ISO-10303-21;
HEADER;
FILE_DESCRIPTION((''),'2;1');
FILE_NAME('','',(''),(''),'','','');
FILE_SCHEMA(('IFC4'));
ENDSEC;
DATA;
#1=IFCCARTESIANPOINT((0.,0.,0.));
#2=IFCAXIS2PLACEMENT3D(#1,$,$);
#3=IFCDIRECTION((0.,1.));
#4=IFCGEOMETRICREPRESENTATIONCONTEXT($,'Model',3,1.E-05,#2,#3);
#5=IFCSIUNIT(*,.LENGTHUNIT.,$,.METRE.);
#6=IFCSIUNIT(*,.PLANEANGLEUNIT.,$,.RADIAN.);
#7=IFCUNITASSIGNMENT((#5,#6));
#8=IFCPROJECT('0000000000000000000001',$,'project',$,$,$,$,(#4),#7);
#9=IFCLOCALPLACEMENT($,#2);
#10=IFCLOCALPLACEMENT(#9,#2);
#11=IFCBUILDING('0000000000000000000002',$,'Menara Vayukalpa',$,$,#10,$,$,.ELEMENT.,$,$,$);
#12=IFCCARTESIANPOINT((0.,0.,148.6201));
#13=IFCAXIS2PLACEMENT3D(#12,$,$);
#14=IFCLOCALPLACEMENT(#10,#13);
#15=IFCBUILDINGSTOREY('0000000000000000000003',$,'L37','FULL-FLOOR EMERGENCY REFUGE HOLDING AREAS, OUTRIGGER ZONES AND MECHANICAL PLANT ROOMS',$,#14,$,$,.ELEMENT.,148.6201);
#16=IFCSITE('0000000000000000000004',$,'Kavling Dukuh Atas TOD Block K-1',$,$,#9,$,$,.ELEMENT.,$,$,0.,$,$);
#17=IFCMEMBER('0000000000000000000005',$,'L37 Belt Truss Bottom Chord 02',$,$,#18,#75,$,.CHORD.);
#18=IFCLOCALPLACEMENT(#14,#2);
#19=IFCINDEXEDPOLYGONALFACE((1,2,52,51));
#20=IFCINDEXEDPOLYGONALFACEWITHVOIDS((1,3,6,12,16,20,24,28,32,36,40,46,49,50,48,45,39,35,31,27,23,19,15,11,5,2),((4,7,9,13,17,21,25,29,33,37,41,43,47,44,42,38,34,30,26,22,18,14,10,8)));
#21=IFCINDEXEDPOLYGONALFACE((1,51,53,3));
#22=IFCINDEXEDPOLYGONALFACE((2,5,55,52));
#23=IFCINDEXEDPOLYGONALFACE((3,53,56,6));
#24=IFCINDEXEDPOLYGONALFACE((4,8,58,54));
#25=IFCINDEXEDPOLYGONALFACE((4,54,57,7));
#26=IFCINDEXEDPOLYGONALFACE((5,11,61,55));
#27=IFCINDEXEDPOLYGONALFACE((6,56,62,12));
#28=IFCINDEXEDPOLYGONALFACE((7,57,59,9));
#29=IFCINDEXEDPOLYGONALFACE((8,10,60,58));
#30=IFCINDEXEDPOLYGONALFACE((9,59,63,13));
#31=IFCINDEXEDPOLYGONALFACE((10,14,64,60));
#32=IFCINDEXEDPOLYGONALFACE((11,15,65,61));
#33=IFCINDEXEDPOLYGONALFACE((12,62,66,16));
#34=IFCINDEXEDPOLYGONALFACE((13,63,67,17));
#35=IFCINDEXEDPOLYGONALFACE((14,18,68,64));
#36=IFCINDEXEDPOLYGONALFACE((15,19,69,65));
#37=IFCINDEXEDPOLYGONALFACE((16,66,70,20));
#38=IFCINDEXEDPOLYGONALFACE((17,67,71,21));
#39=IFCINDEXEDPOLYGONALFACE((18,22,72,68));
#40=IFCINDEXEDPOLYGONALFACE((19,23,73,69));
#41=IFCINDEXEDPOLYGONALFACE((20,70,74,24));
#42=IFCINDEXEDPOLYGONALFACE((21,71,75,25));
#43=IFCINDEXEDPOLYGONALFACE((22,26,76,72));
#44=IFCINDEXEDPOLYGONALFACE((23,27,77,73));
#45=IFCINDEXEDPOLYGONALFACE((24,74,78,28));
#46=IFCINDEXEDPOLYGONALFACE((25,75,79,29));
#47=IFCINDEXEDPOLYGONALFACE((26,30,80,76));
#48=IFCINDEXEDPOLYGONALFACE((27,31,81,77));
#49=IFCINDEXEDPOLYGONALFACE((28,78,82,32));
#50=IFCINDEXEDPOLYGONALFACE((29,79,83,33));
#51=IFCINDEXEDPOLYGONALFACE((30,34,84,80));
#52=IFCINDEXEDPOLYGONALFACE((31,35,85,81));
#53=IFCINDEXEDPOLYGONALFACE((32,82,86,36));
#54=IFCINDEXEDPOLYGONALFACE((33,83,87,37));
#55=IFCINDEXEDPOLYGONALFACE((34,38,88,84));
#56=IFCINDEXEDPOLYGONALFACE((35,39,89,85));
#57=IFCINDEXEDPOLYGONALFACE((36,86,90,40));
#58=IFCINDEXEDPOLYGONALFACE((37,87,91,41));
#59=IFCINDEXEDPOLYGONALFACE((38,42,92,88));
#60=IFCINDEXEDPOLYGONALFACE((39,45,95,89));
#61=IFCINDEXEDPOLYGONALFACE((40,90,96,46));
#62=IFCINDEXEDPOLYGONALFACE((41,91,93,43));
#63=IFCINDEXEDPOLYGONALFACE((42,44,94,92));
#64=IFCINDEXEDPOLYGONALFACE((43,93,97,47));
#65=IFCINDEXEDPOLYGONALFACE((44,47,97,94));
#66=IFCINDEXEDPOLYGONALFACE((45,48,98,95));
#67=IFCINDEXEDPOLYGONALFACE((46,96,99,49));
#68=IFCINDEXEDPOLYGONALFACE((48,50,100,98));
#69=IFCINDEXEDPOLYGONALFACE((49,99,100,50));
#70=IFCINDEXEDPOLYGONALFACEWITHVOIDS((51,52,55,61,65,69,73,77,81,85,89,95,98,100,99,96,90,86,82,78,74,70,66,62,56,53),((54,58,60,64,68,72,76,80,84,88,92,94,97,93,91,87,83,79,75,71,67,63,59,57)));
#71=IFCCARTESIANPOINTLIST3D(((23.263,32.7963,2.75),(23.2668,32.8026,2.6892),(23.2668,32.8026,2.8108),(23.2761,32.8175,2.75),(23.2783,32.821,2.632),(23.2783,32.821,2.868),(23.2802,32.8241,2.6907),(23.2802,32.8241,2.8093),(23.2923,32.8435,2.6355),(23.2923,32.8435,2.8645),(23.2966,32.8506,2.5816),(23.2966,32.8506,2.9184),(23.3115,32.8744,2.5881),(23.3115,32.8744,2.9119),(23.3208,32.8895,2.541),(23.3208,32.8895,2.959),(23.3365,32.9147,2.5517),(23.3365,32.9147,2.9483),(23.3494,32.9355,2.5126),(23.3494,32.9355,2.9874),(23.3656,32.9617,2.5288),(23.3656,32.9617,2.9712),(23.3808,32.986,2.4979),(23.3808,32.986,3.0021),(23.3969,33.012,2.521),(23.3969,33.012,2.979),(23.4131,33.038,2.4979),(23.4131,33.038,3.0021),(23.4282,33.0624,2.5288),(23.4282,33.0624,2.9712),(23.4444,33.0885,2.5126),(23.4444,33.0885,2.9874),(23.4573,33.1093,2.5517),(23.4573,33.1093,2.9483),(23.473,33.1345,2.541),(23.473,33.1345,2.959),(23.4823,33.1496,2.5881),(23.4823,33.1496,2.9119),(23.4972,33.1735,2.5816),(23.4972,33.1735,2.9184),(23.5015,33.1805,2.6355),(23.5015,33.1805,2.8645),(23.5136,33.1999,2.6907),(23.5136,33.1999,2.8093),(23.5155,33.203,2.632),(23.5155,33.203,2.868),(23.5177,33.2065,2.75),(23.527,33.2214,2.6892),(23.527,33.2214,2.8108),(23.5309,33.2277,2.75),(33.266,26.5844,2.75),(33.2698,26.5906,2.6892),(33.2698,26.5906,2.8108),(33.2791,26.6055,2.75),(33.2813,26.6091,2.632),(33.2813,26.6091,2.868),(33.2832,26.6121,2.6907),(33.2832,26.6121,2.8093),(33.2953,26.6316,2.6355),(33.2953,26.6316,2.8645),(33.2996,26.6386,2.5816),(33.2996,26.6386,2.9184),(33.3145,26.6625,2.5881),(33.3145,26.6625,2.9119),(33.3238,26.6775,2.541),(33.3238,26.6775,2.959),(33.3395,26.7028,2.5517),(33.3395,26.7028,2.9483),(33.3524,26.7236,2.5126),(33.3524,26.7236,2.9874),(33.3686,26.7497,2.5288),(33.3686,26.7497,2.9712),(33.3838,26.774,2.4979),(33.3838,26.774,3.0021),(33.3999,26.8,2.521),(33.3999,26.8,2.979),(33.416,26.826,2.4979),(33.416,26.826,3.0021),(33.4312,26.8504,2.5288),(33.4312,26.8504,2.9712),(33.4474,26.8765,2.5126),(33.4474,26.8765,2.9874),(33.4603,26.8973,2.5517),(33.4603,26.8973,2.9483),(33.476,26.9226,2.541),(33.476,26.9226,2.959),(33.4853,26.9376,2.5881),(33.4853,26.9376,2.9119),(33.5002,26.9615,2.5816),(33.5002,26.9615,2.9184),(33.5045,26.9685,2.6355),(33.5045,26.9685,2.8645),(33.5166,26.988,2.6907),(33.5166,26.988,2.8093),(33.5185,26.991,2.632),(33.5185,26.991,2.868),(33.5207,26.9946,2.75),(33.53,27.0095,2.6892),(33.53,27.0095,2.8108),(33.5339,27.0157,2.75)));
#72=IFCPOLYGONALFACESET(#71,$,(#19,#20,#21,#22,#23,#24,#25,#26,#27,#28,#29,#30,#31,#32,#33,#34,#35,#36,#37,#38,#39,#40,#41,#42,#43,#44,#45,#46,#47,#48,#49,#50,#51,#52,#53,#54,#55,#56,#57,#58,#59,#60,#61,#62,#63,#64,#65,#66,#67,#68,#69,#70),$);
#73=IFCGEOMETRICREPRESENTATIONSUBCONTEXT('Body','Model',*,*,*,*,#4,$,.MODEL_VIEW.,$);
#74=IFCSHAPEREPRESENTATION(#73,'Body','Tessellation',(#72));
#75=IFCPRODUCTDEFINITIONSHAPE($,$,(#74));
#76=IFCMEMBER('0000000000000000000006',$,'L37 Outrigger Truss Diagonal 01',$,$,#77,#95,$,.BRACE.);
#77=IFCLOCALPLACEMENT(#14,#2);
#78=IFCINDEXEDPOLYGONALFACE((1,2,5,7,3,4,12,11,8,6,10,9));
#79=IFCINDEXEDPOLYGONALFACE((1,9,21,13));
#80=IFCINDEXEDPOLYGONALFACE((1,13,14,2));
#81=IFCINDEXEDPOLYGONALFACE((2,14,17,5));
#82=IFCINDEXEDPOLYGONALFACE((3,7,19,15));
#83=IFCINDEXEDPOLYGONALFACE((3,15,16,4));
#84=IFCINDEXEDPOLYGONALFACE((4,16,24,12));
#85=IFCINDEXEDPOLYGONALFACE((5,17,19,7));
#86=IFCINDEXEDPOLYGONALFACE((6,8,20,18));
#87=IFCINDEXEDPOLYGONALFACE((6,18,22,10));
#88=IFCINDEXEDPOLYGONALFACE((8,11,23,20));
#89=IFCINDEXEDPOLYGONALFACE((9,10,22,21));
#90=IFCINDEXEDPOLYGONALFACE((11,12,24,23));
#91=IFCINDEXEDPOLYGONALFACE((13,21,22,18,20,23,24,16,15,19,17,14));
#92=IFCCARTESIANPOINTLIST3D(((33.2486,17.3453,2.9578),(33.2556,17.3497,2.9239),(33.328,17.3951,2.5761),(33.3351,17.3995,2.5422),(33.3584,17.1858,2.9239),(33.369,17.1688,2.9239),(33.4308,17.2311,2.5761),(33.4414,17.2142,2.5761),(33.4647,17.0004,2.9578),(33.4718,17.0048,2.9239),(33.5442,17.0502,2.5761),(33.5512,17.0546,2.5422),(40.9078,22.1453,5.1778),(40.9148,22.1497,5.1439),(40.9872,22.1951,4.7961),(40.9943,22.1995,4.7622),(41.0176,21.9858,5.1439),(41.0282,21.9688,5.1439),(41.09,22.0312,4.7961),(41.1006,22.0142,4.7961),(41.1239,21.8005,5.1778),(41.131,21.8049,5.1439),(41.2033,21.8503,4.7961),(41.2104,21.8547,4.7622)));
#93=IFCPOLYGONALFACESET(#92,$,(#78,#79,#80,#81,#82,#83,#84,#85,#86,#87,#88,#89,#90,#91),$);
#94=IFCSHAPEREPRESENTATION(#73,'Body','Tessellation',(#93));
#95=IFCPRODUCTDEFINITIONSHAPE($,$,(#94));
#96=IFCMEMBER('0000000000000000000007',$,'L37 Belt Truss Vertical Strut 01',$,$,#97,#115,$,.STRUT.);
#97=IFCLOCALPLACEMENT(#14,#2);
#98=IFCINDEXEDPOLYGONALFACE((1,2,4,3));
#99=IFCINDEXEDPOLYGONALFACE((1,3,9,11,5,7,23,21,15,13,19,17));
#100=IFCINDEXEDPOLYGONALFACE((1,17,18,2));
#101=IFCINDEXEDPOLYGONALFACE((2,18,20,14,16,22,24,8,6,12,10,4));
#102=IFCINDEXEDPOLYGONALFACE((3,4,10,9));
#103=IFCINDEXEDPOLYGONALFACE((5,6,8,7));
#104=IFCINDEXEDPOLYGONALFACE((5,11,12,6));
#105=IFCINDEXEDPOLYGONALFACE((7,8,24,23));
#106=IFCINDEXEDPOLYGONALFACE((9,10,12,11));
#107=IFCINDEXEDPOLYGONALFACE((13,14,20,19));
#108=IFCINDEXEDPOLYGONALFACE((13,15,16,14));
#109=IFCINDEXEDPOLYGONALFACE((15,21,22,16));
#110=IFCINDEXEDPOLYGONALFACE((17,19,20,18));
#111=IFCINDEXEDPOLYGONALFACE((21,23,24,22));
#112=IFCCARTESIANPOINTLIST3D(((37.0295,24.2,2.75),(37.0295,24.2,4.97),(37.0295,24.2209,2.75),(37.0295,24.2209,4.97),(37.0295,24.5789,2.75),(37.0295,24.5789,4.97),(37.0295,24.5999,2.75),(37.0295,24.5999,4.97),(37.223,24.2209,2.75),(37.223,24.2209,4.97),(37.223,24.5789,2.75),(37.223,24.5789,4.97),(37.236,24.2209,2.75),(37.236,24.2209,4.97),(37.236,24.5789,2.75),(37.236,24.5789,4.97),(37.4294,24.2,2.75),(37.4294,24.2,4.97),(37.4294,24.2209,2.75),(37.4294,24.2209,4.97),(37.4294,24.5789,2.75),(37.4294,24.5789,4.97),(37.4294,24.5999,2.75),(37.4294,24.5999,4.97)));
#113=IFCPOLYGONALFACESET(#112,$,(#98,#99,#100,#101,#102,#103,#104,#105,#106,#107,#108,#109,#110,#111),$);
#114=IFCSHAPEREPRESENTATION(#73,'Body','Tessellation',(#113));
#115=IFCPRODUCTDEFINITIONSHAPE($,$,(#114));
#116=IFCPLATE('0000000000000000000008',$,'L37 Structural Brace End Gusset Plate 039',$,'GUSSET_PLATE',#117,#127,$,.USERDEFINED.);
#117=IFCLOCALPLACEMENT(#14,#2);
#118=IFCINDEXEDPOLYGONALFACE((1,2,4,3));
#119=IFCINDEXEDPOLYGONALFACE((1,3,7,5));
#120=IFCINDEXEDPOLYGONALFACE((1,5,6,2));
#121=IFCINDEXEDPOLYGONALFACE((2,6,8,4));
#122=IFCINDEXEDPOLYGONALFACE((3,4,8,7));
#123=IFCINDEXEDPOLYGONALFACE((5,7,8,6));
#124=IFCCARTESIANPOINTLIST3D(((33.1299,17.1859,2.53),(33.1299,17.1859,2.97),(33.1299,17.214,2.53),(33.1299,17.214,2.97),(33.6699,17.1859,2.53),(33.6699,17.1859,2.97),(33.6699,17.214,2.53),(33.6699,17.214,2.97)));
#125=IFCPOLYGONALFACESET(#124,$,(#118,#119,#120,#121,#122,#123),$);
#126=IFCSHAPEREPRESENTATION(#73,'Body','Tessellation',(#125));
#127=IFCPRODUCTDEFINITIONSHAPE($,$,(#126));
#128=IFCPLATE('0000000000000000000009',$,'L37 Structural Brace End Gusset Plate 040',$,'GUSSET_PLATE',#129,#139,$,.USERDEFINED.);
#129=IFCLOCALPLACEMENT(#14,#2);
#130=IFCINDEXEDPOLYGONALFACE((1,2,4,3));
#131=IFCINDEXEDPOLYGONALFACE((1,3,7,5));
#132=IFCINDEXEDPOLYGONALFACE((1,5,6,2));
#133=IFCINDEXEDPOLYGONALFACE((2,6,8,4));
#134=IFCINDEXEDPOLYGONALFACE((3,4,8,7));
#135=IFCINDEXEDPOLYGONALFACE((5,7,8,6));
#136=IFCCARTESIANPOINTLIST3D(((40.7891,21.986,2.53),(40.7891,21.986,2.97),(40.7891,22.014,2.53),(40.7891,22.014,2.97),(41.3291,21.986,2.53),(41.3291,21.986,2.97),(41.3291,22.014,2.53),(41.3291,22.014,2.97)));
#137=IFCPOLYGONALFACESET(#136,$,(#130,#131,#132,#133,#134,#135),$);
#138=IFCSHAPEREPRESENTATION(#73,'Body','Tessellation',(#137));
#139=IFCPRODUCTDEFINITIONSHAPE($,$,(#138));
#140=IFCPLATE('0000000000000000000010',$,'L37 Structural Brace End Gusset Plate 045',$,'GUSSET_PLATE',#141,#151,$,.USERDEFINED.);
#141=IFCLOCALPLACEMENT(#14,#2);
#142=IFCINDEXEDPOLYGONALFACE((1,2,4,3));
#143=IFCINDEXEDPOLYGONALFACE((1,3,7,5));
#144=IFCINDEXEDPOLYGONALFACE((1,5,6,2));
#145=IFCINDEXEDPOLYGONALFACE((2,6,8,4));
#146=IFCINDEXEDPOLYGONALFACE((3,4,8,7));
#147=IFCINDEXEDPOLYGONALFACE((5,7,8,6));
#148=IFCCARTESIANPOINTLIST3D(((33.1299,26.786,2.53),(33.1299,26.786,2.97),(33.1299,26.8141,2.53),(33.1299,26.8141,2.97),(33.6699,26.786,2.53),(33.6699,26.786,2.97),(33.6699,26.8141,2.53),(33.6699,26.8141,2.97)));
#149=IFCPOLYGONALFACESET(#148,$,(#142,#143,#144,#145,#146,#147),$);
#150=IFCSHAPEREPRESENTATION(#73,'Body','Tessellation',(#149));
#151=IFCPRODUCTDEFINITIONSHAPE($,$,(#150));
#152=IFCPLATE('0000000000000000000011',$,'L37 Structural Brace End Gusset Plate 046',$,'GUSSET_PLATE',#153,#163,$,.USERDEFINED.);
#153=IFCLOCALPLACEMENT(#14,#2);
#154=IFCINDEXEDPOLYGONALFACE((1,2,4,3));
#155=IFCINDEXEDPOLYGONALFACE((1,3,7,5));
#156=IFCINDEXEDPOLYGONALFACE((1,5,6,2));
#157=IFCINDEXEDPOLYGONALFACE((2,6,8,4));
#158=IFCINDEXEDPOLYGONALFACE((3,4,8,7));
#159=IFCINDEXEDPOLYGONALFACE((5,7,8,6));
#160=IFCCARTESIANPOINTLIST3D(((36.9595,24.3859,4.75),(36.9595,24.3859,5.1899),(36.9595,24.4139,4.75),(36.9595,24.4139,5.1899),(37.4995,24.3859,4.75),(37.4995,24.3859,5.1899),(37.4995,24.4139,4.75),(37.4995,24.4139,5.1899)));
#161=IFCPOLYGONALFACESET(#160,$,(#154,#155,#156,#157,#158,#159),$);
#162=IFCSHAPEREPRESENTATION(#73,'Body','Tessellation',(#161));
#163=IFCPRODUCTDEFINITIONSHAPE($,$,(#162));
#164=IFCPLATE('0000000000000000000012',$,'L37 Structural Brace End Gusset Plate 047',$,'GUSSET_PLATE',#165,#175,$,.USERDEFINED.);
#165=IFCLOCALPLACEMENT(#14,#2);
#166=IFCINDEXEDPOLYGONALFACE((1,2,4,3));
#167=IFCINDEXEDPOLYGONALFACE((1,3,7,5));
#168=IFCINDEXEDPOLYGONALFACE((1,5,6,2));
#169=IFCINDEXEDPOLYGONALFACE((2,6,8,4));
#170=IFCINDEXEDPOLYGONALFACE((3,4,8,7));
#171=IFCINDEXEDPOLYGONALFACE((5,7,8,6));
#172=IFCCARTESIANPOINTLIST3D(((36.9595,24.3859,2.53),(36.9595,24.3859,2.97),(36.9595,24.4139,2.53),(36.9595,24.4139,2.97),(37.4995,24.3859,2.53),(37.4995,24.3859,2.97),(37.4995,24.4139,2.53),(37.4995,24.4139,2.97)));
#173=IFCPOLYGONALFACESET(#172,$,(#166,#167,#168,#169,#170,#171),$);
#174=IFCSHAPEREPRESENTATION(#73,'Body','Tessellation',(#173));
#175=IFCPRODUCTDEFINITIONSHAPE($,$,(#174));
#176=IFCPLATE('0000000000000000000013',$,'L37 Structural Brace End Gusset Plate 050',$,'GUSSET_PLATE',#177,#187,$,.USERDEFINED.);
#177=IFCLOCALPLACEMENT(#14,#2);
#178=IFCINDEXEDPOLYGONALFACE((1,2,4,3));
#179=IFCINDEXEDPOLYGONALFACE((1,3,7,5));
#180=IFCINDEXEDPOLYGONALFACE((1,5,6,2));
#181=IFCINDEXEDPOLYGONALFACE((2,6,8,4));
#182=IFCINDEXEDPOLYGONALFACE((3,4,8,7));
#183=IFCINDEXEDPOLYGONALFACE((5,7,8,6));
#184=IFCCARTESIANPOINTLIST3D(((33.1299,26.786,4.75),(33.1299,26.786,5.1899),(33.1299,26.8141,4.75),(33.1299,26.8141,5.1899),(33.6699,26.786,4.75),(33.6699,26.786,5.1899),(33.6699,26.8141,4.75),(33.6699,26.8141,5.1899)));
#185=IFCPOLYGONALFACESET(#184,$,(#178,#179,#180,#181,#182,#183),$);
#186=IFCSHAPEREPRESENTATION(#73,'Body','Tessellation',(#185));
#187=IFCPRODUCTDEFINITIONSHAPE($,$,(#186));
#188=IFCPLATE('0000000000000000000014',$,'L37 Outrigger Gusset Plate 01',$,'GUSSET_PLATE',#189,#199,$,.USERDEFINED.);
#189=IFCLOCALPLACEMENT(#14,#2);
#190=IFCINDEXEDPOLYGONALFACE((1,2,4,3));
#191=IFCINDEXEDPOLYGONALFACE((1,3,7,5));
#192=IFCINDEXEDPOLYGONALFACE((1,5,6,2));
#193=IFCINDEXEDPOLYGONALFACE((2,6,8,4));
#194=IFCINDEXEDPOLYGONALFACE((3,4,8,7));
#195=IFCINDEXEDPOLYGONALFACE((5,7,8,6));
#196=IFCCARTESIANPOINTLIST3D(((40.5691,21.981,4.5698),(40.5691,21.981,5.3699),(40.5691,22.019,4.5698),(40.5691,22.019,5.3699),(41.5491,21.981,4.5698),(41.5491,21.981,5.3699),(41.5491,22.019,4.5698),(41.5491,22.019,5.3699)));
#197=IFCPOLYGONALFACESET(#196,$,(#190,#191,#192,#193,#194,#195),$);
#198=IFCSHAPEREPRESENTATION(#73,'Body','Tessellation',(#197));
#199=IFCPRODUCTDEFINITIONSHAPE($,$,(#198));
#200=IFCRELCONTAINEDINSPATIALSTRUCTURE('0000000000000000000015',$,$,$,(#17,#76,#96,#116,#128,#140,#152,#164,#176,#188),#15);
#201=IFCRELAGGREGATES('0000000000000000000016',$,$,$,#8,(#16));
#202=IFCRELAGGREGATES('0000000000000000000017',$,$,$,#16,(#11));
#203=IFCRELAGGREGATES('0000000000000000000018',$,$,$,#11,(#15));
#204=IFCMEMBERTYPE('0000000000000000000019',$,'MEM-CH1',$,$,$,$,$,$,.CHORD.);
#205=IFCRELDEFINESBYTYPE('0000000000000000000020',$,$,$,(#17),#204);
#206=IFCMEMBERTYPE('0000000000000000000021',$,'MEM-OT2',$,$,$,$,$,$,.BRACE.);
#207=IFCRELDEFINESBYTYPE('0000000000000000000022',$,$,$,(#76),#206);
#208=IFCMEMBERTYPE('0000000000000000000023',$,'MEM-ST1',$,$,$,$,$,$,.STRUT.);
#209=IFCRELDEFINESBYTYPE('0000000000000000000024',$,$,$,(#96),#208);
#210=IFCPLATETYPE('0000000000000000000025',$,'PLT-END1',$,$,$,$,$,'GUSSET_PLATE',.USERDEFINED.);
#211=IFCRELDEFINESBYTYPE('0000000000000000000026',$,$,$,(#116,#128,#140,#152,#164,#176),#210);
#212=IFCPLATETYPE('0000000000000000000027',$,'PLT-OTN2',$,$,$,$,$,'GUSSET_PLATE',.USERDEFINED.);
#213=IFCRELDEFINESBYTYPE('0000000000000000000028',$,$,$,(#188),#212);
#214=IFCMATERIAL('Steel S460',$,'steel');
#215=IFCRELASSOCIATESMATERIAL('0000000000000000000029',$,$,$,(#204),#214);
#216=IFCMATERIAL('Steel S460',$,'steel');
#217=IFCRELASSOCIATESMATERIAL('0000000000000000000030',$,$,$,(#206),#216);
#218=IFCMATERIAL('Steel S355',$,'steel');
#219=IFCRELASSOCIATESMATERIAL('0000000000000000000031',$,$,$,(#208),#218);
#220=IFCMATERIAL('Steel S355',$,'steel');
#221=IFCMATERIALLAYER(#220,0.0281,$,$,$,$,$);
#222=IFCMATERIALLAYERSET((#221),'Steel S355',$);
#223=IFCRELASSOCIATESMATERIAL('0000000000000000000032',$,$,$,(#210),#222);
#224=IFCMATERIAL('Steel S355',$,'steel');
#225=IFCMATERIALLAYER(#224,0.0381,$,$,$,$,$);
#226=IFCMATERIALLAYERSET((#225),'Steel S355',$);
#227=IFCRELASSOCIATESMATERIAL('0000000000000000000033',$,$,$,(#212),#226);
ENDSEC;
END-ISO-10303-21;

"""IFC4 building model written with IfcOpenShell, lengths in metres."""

from ifc_helpers import new_model, si_unit, direction, frame, origin, origin_2d, place, context, subcontext, project, spatial, rectangle, hollow_circle, i_section, extrude, material, layer, layer_set, material_profile, profile_set, type_object, element, save


model = new_model("IFC4")

# Units and contexts
model_context = context("Model", 3, precision=1e-05, world=origin(), true_north=direction((0.0, 1.0)))
body_context = subcontext(model_context, "Body", "Model", "MODEL_VIEW")
ifc_project = project(units=[si_unit("LENGTHUNIT", "METRE"), si_unit("PLANEANGLEUNIT", "RADIAN")], contexts=[model_context])

# Site, building, storey
site_placement = place(None, origin())
site = spatial("IfcSite", under=ifc_project, at=site_placement, Name="Kavling Dukuh Atas TOD Block K-1", CompositionType="ELEMENT", RefElevation=0.0)
building_placement = place(site_placement, origin())
building = spatial("IfcBuilding", under=site, at=building_placement, Name="Menara Vayukalpa", CompositionType="ELEMENT")
storey_placement = place(building_placement, frame((0.0, 0.0, 148.6201)))
storey = spatial("IfcBuildingStorey", under=building, at=storey_placement, Name="L37", Description="FULL-FLOOR EMERGENCY REFUGE HOLDING AREAS, OUTRIGGER ZONES AND MECHANICAL PLANT ROOMS", CompositionType="ELEMENT", Elevation=148.6201)

# Members
ifc_material_1 = material(Name="Steel S460", Category="steel")
ifc_material_profile_1 = material_profile(ifc_material_1, hollow_circle(Radius=0.2539, WallThickness=0.0249, at=origin_2d()), Name="CHS 508.0x25")
ifc_profile_set_1 = profile_set([ifc_material_profile_1], Name="Steel S460")
member_type_1 = type_object("IfcMemberType", Name="MEM-CH1", PredefinedType="CHORD", material=ifc_profile_set_1)
member_1_placement = place(storey_placement, frame((33.3999, 26.8, 2.75), z_axis=(-0.849518, 0.527559, 0.0), x_axis=(-0.527559, -0.849518, 0.0)))
element("IfcMember", 1, at=member_1_placement, inside=storey, type_object=member_type_1, Name="L37 Belt Truss Bottom Chord 02", PredefinedType="CHORD", context=body_context, shape_type="SweptSolid", body=[
    extrude(hollow_circle(Radius=0.2539, WallThickness=0.0249, at=origin_2d()), origin(), (0.0, 0.0, 1.0), 11.7749),
])
ifc_material_2 = material(Name="Steel S460", Category="steel")
ifc_material_profile_2 = material_profile(ifc_material_2, i_section(OverallWidth=0.407, OverallDepth=0.428, WebThickness=0.02, FlangeThickness=0.0349, at=origin_2d()), Name="H 428x407x20x35")
ifc_profile_set_2 = profile_set([ifc_material_profile_2], Name="Steel S460")
member_type_2 = type_object("IfcMemberType", Name="MEM-OT2", PredefinedType="BRACE", material=ifc_profile_set_2)
member_2_placement = place(storey_placement, frame((33.3999, 17.2, 2.75), z_axis=(0.822894, 0.515712, 0.238511), x_axis=(-0.531038, 0.847348, 0.0)))
element("IfcMember", 2, at=member_2_placement, inside=storey, type_object=member_type_2, Name="L37 Outrigger Truss Diagonal 01", PredefinedType="BRACE", context=body_context, shape_type="SweptSolid", body=[
    extrude(i_section(OverallWidth=0.407, OverallDepth=0.428, WebThickness=0.02, FlangeThickness=0.0349, at=origin_2d()), origin(), (0.0, 0.0, 1.0), 9.3076),
])
ifc_material_3 = material(Name="Steel S355", Category="steel")
ifc_material_profile_3 = material_profile(ifc_material_3, i_section(OverallWidth=0.3999, OverallDepth=0.3999, WebThickness=0.0129, FlangeThickness=0.021, at=origin_2d()), Name="H 400x400x13x21")
ifc_profile_set_3 = profile_set([ifc_material_profile_3], Name="Steel S355")
member_type_3 = type_object("IfcMemberType", Name="MEM-ST1", PredefinedType="STRUT", material=ifc_profile_set_3)
member_3_placement = place(storey_placement, frame((37.2295, 24.3999, 2.75), z_axis=(0.0, 0.0, 1.0), x_axis=(1.0, 0.0, 0.0)))
element("IfcMember", 3, at=member_3_placement, inside=storey, type_object=member_type_3, Name="L37 Belt Truss Vertical Strut 01", PredefinedType="STRUT", context=body_context, shape_type="SweptSolid", body=[
    extrude(i_section(OverallWidth=0.3999, OverallDepth=0.3999, WebThickness=0.0129, FlangeThickness=0.021, at=origin_2d()), origin(), (0.0, 0.0, 1.0), 2.22),
])

# Plates
ifc_material_4 = material(Name="Steel S355", Category="steel")
ifc_layer_1 = layer(ifc_material_4, 0.0281)
ifc_layer_set_1 = layer_set([ifc_layer_1], Name="Steel S355")
plate_type_1 = type_object("IfcPlateType", Name="PLT-END1", ElementType="GUSSET_PLATE", PredefinedType="USERDEFINED", material=ifc_layer_set_1)
for number, where, z_axis, x_axis, name in (
    (4, (33.3999, 17.2, 2.53), (0.0, 0.0, 1.0), (1.0, 0.0, 0.0), "L37 Structural Brace End Gusset Plate 039"),
    (5, (41.0591, 22.0, 2.53), (0.0, 0.0, 1.0), (1.0, 0.0, 0.0), "L37 Structural Brace End Gusset Plate 040"),
    (6, (33.3999, 26.8, 2.53), (0.0, 0.0, 1.0), (1.0, 0.0, 0.0), "L37 Structural Brace End Gusset Plate 045"),
    (7, (37.2295, 24.3999, 4.75), (0.0, 0.0, 1.0), (1.0, 0.0, 0.0), "L37 Structural Brace End Gusset Plate 046"),
    (8, (37.2295, 24.3999, 2.53), (0.0, 0.0, 1.0), (1.0, 0.0, 0.0), "L37 Structural Brace End Gusset Plate 047"),
    (9, (33.3999, 26.8, 4.75), (0.0, 0.0, 1.0), (1.0, 0.0, 0.0), "L37 Structural Brace End Gusset Plate 050"),
):
    element("IfcPlate", number, at=place(storey_placement, frame(where, z_axis=z_axis, x_axis=x_axis)), inside=storey, type_object=plate_type_1, Name=name, ObjectType="GUSSET_PLATE", PredefinedType="USERDEFINED", context=body_context, shape_type="SweptSolid", body=[
        extrude(rectangle(XDim=0.54, YDim=0.0281, at=origin_2d()), origin(), (0.0, 0.0, 1.0), 0.4399),
    ])
ifc_material_5 = material(Name="Steel S355", Category="steel")
ifc_layer_2 = layer(ifc_material_5, 0.0381)
ifc_layer_set_2 = layer_set([ifc_layer_2], Name="Steel S355")
plate_type_2 = type_object("IfcPlateType", Name="PLT-OTN2", ElementType="GUSSET_PLATE", PredefinedType="USERDEFINED", material=ifc_layer_set_2)
plate_1_placement = place(storey_placement, frame((41.0591, 22.0, 4.5698), z_axis=(0.0, 0.0, 1.0), x_axis=(1.0, 0.0, 0.0)))
element("IfcPlate", 10, at=plate_1_placement, inside=storey, type_object=plate_type_2, Name="L37 Outrigger Gusset Plate 01", ObjectType="GUSSET_PLATE", PredefinedType="USERDEFINED", context=body_context, shape_type="SweptSolid", body=[
    extrude(rectangle(XDim=0.98, YDim=0.0381, at=origin_2d()), origin(), (0.0, 0.0, 1.0), 0.8),
])

save(model, "model.ifc")
